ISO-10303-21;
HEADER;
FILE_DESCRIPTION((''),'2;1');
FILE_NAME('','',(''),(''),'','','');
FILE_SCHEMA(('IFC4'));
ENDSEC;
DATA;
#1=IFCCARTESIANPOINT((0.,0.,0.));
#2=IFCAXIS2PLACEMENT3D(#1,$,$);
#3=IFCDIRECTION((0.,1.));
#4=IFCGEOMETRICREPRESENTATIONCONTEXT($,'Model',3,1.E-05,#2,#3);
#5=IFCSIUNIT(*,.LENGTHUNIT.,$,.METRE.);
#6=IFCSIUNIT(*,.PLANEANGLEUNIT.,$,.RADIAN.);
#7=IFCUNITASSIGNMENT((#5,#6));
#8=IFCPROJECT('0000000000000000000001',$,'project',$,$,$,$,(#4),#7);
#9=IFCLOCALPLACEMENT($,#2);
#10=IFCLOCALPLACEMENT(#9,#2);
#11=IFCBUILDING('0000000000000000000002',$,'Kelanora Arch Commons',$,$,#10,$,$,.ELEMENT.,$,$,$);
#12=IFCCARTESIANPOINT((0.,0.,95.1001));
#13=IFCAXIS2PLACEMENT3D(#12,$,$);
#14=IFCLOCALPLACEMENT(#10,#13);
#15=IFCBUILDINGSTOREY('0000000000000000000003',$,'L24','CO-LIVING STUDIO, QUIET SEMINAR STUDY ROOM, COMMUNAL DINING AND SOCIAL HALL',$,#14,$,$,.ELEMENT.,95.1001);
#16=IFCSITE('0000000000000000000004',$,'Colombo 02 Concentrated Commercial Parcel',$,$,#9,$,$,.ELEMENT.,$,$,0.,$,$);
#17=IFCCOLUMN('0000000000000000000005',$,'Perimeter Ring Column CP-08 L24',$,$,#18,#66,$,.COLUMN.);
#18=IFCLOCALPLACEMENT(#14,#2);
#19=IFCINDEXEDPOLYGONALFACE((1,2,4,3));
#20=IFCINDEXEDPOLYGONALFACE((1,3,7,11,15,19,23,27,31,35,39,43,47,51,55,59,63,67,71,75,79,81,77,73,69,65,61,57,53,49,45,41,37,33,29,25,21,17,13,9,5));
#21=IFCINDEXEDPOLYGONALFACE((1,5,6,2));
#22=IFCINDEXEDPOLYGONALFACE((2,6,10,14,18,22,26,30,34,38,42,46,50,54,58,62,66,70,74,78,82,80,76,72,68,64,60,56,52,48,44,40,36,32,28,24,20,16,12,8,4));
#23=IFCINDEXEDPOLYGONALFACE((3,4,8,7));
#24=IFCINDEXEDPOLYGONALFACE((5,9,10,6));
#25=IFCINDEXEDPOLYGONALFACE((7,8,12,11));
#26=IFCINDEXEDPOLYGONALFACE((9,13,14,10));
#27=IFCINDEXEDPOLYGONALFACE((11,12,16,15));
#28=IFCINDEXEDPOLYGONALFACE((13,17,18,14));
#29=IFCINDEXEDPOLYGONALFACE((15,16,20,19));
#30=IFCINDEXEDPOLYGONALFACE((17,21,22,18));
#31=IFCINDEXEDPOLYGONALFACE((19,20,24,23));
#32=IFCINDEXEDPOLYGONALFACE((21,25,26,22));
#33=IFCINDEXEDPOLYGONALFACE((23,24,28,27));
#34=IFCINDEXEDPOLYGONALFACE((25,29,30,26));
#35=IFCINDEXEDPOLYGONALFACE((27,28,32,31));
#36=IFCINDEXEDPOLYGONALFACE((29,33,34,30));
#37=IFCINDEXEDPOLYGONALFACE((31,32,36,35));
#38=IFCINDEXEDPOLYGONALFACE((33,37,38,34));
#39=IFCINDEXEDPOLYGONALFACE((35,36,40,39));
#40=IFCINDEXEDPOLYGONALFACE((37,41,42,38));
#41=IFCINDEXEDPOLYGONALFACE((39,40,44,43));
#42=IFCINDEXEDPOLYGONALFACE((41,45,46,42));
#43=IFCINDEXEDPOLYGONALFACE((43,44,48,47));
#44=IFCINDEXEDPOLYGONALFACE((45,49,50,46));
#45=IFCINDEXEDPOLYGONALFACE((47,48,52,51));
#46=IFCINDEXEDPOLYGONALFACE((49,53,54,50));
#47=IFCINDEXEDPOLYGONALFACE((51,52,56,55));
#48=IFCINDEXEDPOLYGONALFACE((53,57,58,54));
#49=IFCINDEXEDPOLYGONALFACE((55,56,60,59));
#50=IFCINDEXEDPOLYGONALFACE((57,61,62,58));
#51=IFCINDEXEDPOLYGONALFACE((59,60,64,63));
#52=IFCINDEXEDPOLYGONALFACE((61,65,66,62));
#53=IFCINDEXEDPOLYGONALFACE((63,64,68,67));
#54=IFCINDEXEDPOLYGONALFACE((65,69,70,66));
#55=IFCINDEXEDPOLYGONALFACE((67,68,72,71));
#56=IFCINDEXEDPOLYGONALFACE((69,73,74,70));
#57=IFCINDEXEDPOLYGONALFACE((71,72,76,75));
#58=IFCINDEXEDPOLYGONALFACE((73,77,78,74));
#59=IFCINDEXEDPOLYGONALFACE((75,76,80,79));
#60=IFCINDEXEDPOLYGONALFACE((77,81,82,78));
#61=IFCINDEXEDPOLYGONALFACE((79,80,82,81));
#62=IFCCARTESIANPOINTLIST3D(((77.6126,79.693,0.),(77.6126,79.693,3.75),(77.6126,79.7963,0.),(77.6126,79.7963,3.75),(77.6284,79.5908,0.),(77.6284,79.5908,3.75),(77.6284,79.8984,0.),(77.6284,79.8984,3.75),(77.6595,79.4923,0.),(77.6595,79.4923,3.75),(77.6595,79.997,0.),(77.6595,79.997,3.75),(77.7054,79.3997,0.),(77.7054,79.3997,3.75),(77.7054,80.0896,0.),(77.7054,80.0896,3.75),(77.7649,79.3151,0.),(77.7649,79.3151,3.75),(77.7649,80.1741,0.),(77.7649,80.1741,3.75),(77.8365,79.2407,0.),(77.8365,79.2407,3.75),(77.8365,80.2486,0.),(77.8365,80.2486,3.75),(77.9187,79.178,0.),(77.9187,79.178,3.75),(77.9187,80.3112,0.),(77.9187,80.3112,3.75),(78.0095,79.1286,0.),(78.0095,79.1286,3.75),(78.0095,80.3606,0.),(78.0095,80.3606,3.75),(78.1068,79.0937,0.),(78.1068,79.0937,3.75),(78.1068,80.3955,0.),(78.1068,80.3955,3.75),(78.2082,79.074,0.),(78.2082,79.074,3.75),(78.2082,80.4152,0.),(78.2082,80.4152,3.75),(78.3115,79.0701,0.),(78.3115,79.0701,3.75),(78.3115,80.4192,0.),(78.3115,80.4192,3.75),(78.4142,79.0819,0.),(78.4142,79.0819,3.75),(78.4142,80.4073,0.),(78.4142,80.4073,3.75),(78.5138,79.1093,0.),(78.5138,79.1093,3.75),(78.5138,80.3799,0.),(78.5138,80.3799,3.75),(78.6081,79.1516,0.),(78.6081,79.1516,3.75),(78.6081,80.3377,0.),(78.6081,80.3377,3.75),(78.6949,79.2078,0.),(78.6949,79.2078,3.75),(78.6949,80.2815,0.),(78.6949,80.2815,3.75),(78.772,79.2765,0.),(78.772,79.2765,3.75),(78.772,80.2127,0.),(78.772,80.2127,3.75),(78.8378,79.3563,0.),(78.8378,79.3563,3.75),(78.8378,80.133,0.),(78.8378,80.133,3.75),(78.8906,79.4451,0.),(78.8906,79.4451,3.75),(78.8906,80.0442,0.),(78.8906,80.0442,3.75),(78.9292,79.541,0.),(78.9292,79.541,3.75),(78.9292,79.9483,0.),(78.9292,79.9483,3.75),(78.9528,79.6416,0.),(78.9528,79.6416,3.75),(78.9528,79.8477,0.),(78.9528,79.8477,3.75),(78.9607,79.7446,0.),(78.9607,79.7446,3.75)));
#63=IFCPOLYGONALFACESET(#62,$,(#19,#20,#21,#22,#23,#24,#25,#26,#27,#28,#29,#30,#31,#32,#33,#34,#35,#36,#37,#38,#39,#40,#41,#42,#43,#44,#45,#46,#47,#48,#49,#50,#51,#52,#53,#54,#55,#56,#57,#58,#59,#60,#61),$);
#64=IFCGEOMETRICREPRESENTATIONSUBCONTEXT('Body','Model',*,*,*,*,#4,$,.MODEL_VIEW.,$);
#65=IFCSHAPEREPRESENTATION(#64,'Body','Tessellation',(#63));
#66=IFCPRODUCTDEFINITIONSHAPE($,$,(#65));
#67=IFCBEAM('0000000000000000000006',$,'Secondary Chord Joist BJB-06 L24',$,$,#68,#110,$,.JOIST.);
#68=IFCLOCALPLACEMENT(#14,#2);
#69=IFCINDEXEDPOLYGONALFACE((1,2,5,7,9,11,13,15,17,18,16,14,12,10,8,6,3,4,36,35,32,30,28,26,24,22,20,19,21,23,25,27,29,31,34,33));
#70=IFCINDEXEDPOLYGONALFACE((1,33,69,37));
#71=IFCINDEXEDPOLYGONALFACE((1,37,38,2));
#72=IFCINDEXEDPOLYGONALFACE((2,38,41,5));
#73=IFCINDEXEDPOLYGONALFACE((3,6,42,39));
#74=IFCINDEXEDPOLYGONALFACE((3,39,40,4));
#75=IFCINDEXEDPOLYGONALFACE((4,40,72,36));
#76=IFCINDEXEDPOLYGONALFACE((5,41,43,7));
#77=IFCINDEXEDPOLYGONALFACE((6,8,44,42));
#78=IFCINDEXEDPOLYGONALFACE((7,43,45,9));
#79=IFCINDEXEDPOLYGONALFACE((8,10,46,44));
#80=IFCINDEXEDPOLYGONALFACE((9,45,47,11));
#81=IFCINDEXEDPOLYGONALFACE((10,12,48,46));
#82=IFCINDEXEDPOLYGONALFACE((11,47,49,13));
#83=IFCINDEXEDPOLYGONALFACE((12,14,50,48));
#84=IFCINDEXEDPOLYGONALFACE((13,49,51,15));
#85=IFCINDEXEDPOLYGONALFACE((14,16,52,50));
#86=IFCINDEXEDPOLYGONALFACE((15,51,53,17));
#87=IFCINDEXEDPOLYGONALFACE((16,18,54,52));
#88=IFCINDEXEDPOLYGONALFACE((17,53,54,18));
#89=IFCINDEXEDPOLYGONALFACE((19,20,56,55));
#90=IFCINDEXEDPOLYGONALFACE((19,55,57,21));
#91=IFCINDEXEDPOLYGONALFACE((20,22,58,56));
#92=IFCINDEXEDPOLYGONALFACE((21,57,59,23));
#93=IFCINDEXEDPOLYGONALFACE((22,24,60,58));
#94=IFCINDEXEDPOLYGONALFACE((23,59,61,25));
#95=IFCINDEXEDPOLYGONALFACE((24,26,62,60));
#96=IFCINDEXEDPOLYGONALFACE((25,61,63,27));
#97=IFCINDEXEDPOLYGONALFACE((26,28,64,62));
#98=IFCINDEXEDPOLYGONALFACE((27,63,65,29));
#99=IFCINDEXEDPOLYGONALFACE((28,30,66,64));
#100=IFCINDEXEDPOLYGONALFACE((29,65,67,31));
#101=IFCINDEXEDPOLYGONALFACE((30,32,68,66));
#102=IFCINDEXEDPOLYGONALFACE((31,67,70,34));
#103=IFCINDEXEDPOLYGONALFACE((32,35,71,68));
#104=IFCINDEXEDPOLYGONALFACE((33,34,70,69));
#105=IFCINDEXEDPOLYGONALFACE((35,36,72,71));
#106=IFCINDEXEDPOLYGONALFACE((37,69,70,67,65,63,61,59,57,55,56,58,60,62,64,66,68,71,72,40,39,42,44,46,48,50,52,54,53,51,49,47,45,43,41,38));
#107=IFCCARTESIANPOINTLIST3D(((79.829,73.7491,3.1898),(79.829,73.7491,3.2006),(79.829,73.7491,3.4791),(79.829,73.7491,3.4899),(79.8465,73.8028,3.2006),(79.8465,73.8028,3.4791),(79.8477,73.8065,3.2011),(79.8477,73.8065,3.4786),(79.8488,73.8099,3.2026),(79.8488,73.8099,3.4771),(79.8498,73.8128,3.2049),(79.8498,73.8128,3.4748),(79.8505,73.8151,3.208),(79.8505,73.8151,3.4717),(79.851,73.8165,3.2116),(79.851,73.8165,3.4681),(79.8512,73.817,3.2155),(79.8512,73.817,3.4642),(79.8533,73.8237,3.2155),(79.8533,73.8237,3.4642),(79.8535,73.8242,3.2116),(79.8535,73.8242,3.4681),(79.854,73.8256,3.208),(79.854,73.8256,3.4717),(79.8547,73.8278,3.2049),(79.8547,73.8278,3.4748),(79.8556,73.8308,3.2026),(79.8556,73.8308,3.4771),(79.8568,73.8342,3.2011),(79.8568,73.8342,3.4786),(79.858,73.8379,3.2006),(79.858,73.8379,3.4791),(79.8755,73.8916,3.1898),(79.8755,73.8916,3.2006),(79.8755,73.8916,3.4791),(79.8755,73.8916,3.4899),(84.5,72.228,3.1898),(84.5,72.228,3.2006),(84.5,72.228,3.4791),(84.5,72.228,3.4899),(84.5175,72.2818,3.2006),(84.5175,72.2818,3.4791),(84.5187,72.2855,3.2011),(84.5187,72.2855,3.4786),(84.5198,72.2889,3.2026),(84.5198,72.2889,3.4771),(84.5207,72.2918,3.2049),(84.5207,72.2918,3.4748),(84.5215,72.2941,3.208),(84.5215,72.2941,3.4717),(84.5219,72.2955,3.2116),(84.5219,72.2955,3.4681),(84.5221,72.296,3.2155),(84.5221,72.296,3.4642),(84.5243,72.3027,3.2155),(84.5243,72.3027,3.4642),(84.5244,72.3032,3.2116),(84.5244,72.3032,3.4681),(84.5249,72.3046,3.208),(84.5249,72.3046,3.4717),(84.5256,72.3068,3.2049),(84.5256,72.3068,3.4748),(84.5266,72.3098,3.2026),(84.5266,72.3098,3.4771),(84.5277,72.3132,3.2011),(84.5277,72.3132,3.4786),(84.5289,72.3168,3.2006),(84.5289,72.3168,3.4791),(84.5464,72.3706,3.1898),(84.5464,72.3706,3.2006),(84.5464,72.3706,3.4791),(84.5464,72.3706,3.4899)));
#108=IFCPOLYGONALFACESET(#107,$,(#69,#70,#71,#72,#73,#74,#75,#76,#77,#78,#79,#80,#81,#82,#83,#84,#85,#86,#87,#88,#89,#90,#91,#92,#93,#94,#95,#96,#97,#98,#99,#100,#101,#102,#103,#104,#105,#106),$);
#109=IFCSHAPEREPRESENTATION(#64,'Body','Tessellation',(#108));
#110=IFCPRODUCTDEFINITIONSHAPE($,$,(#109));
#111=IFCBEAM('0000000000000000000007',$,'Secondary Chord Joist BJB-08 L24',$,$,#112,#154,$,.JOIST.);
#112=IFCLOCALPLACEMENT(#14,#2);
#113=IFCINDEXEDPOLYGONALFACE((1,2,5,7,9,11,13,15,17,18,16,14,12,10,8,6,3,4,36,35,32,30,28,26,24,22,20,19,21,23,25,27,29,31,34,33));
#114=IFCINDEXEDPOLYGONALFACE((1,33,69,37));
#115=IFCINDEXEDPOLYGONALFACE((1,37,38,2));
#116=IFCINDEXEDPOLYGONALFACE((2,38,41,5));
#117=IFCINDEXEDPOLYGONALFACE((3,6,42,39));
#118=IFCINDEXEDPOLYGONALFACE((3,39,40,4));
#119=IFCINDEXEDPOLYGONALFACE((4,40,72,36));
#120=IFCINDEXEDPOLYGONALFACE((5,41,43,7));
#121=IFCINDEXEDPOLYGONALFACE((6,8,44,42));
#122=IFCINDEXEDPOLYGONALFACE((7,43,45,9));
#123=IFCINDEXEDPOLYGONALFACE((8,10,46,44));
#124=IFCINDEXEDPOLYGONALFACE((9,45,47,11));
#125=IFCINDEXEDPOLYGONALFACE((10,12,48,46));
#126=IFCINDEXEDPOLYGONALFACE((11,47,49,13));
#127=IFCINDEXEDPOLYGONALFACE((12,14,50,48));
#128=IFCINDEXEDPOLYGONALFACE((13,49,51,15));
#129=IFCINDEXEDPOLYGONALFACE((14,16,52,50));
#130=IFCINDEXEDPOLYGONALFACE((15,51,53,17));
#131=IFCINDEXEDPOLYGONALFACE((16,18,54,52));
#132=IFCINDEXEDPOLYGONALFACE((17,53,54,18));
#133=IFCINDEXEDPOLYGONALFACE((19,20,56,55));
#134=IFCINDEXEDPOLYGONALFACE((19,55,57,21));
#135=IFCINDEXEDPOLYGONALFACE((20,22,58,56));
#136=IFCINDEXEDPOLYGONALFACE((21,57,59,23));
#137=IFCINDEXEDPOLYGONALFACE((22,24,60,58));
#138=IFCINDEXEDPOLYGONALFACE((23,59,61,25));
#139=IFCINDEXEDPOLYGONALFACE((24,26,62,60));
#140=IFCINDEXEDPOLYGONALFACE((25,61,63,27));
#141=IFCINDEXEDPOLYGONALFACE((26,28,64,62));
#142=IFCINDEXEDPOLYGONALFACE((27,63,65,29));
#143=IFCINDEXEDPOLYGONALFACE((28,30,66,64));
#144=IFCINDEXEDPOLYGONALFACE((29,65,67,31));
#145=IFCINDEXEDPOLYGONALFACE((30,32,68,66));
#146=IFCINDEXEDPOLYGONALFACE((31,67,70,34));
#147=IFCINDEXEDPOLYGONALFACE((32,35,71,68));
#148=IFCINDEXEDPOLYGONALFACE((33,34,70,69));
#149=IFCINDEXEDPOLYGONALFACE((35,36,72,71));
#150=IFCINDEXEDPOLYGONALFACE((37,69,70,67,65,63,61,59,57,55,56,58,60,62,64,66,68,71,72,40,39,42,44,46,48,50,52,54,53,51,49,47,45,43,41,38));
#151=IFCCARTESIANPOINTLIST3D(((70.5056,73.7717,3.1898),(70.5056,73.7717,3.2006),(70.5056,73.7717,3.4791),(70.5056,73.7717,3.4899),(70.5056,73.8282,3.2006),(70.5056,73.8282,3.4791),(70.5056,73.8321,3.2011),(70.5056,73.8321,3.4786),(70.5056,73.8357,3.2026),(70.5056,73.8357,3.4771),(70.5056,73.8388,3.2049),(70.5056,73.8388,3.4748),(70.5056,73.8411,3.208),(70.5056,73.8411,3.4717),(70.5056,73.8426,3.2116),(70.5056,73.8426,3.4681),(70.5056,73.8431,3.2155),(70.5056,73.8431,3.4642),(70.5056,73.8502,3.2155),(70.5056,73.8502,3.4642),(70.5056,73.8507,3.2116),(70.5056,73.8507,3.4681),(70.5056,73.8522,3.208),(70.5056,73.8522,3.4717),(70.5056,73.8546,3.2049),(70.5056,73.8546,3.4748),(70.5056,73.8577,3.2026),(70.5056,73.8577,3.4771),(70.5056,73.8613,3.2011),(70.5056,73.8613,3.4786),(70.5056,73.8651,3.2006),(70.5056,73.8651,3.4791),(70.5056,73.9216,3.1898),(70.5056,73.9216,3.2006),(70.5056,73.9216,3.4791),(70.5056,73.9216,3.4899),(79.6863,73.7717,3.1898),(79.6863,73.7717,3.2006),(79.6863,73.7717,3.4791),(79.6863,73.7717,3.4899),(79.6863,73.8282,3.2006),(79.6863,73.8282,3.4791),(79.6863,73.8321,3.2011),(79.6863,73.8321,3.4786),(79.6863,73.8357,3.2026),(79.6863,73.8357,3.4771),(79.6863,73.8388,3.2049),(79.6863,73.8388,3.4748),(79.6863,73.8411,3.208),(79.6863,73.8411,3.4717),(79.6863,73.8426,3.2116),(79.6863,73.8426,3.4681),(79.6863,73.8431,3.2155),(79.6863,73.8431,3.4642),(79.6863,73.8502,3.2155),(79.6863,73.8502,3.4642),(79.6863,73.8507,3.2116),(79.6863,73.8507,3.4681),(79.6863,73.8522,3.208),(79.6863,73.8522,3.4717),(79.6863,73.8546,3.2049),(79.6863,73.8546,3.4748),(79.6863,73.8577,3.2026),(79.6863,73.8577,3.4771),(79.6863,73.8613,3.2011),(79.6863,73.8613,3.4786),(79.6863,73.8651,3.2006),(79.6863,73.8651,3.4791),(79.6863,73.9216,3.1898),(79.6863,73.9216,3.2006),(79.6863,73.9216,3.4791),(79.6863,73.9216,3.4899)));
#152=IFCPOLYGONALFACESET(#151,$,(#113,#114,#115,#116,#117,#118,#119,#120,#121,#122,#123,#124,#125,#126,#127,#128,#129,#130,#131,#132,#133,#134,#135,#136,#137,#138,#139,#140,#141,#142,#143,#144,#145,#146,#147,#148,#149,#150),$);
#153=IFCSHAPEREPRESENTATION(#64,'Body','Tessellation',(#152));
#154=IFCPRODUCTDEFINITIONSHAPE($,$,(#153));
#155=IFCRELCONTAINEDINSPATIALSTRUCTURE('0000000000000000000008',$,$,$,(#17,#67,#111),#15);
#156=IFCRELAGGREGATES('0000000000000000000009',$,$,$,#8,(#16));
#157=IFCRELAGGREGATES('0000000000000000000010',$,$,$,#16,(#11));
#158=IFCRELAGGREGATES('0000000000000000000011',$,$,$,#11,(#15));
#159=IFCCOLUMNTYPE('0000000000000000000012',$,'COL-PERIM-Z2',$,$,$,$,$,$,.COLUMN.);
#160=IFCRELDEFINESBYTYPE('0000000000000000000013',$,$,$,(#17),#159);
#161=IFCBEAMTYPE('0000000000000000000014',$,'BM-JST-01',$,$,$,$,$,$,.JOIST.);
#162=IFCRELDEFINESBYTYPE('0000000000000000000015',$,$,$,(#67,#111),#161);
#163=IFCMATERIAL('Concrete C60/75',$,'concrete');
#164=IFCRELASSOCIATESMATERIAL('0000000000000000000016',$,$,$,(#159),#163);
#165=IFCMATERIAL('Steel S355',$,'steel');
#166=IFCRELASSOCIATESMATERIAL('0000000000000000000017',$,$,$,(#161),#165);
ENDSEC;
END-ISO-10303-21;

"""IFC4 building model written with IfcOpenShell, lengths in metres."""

from ifc_helpers import new_model, si_unit, direction, frame, origin, origin_2d, place, context, subcontext, project, spatial, circle, i_section, extrude, material, material_profile, profile_set, type_object, element, save


model = new_model("IFC4")

# Units and contexts
model_context = context("Model", 3, precision=1e-05, world=origin(), true_north=direction((0.0, 1.0)))
body_context = subcontext(model_context, "Body", "Model", "MODEL_VIEW")
ifc_project = project(units=[si_unit("LENGTHUNIT", "METRE"), si_unit("PLANEANGLEUNIT", "RADIAN")], contexts=[model_context])

# Site, building, storey
site_placement = place(None, origin())
site = spatial("IfcSite", under=ifc_project, at=site_placement, Name="Colombo 02 Concentrated Commercial Parcel", CompositionType="ELEMENT", RefElevation=0.0)
building_placement = place(site_placement, origin())
building = spatial("IfcBuilding", under=site, at=building_placement, Name="Kelanora Arch Commons", CompositionType="ELEMENT")
storey_placement = place(building_placement, frame((0.0, 0.0, 95.1001)))
storey = spatial("IfcBuildingStorey", under=building, at=storey_placement, Name="L24", Description="CO-LIVING STUDIO, QUIET SEMINAR STUDY ROOM, COMMUNAL DINING AND SOCIAL HALL", CompositionType="ELEMENT", Elevation=95.1001)

# Column
ifc_material_1 = material(Name="Concrete C60/75", Category="concrete")
ifc_material_profile_1 = material_profile(ifc_material_1, circle(Radius=0.675, at=origin_2d()), Name="RCC1350")
ifc_profile_set_1 = profile_set([ifc_material_profile_1], Name="Concrete C60/75")
column_type = type_object("IfcColumnType", Name="COL-PERIM-Z2", PredefinedType="COLUMN", material=ifc_profile_set_1)
column_placement = place(storey_placement, frame((78.2856, 79.7446, 0.0), z_axis=(0.0, 0.0, 1.0), x_axis=(1.0, 0.0, 0.0)))
element("IfcColumn", 1, at=column_placement, inside=storey, type_object=column_type, Name="Perimeter Ring Column CP-08 L24", PredefinedType="COLUMN", context=body_context, shape_type="SweptSolid", body=[
    extrude(circle(Radius=0.675, at=origin_2d()), origin(), (0.0, 0.0, 1.0), 3.75),
])

# Beams
ifc_material_2 = material(Name="Steel S355", Category="steel")
ifc_material_profile_2 = material_profile(ifc_material_2, i_section(OverallWidth=0.1499, OverallDepth=0.3, WebThickness=0.0071, FlangeThickness=0.0107, FilletRadius=0.0149, at=origin_2d()), Name="IPE300")
ifc_profile_set_2 = profile_set([ifc_material_profile_2], Name="Steel S355")
beam_type_1 = type_object("IfcBeamType", Name="BM-JST-01", PredefinedType="JOIST", material=ifc_profile_set_2)
beam_1_placement = place(storey_placement, frame((84.5232, 72.2993, 3.3398), z_axis=(-0.950857, 0.30963, 0.0), x_axis=(-0.30963, -0.950857, 0.0)))
element("IfcBeam", 2, at=beam_1_placement, inside=storey, type_object=beam_type_1, Name="Secondary Chord Joist BJB-06 L24", PredefinedType="JOIST", context=body_context, shape_type="SweptSolid", body=[
    extrude(i_section(OverallWidth=0.1499, OverallDepth=0.3, WebThickness=0.0071, FlangeThickness=0.0107, FilletRadius=0.0149, at=origin_2d()), origin(), (0.0, 0.0, 1.0), 4.9124),
])
beam_2_placement = place(storey_placement, frame((79.6863, 73.8467, 3.3398), z_axis=(-1.0, 0.0, 0.0), x_axis=(0.0, -1.0, 0.0)))
element("IfcBeam", 3, at=beam_2_placement, inside=storey, type_object=beam_type_1, Name="Secondary Chord Joist BJB-08 L24", PredefinedType="JOIST", context=body_context, shape_type="SweptSolid", body=[
    extrude(i_section(OverallWidth=0.1499, OverallDepth=0.3, WebThickness=0.0071, FlangeThickness=0.0107, FilletRadius=0.0149, at=origin_2d()), origin(), (0.0, 0.0, 1.0), 9.1807),
])

save(model, "model.ifc")
